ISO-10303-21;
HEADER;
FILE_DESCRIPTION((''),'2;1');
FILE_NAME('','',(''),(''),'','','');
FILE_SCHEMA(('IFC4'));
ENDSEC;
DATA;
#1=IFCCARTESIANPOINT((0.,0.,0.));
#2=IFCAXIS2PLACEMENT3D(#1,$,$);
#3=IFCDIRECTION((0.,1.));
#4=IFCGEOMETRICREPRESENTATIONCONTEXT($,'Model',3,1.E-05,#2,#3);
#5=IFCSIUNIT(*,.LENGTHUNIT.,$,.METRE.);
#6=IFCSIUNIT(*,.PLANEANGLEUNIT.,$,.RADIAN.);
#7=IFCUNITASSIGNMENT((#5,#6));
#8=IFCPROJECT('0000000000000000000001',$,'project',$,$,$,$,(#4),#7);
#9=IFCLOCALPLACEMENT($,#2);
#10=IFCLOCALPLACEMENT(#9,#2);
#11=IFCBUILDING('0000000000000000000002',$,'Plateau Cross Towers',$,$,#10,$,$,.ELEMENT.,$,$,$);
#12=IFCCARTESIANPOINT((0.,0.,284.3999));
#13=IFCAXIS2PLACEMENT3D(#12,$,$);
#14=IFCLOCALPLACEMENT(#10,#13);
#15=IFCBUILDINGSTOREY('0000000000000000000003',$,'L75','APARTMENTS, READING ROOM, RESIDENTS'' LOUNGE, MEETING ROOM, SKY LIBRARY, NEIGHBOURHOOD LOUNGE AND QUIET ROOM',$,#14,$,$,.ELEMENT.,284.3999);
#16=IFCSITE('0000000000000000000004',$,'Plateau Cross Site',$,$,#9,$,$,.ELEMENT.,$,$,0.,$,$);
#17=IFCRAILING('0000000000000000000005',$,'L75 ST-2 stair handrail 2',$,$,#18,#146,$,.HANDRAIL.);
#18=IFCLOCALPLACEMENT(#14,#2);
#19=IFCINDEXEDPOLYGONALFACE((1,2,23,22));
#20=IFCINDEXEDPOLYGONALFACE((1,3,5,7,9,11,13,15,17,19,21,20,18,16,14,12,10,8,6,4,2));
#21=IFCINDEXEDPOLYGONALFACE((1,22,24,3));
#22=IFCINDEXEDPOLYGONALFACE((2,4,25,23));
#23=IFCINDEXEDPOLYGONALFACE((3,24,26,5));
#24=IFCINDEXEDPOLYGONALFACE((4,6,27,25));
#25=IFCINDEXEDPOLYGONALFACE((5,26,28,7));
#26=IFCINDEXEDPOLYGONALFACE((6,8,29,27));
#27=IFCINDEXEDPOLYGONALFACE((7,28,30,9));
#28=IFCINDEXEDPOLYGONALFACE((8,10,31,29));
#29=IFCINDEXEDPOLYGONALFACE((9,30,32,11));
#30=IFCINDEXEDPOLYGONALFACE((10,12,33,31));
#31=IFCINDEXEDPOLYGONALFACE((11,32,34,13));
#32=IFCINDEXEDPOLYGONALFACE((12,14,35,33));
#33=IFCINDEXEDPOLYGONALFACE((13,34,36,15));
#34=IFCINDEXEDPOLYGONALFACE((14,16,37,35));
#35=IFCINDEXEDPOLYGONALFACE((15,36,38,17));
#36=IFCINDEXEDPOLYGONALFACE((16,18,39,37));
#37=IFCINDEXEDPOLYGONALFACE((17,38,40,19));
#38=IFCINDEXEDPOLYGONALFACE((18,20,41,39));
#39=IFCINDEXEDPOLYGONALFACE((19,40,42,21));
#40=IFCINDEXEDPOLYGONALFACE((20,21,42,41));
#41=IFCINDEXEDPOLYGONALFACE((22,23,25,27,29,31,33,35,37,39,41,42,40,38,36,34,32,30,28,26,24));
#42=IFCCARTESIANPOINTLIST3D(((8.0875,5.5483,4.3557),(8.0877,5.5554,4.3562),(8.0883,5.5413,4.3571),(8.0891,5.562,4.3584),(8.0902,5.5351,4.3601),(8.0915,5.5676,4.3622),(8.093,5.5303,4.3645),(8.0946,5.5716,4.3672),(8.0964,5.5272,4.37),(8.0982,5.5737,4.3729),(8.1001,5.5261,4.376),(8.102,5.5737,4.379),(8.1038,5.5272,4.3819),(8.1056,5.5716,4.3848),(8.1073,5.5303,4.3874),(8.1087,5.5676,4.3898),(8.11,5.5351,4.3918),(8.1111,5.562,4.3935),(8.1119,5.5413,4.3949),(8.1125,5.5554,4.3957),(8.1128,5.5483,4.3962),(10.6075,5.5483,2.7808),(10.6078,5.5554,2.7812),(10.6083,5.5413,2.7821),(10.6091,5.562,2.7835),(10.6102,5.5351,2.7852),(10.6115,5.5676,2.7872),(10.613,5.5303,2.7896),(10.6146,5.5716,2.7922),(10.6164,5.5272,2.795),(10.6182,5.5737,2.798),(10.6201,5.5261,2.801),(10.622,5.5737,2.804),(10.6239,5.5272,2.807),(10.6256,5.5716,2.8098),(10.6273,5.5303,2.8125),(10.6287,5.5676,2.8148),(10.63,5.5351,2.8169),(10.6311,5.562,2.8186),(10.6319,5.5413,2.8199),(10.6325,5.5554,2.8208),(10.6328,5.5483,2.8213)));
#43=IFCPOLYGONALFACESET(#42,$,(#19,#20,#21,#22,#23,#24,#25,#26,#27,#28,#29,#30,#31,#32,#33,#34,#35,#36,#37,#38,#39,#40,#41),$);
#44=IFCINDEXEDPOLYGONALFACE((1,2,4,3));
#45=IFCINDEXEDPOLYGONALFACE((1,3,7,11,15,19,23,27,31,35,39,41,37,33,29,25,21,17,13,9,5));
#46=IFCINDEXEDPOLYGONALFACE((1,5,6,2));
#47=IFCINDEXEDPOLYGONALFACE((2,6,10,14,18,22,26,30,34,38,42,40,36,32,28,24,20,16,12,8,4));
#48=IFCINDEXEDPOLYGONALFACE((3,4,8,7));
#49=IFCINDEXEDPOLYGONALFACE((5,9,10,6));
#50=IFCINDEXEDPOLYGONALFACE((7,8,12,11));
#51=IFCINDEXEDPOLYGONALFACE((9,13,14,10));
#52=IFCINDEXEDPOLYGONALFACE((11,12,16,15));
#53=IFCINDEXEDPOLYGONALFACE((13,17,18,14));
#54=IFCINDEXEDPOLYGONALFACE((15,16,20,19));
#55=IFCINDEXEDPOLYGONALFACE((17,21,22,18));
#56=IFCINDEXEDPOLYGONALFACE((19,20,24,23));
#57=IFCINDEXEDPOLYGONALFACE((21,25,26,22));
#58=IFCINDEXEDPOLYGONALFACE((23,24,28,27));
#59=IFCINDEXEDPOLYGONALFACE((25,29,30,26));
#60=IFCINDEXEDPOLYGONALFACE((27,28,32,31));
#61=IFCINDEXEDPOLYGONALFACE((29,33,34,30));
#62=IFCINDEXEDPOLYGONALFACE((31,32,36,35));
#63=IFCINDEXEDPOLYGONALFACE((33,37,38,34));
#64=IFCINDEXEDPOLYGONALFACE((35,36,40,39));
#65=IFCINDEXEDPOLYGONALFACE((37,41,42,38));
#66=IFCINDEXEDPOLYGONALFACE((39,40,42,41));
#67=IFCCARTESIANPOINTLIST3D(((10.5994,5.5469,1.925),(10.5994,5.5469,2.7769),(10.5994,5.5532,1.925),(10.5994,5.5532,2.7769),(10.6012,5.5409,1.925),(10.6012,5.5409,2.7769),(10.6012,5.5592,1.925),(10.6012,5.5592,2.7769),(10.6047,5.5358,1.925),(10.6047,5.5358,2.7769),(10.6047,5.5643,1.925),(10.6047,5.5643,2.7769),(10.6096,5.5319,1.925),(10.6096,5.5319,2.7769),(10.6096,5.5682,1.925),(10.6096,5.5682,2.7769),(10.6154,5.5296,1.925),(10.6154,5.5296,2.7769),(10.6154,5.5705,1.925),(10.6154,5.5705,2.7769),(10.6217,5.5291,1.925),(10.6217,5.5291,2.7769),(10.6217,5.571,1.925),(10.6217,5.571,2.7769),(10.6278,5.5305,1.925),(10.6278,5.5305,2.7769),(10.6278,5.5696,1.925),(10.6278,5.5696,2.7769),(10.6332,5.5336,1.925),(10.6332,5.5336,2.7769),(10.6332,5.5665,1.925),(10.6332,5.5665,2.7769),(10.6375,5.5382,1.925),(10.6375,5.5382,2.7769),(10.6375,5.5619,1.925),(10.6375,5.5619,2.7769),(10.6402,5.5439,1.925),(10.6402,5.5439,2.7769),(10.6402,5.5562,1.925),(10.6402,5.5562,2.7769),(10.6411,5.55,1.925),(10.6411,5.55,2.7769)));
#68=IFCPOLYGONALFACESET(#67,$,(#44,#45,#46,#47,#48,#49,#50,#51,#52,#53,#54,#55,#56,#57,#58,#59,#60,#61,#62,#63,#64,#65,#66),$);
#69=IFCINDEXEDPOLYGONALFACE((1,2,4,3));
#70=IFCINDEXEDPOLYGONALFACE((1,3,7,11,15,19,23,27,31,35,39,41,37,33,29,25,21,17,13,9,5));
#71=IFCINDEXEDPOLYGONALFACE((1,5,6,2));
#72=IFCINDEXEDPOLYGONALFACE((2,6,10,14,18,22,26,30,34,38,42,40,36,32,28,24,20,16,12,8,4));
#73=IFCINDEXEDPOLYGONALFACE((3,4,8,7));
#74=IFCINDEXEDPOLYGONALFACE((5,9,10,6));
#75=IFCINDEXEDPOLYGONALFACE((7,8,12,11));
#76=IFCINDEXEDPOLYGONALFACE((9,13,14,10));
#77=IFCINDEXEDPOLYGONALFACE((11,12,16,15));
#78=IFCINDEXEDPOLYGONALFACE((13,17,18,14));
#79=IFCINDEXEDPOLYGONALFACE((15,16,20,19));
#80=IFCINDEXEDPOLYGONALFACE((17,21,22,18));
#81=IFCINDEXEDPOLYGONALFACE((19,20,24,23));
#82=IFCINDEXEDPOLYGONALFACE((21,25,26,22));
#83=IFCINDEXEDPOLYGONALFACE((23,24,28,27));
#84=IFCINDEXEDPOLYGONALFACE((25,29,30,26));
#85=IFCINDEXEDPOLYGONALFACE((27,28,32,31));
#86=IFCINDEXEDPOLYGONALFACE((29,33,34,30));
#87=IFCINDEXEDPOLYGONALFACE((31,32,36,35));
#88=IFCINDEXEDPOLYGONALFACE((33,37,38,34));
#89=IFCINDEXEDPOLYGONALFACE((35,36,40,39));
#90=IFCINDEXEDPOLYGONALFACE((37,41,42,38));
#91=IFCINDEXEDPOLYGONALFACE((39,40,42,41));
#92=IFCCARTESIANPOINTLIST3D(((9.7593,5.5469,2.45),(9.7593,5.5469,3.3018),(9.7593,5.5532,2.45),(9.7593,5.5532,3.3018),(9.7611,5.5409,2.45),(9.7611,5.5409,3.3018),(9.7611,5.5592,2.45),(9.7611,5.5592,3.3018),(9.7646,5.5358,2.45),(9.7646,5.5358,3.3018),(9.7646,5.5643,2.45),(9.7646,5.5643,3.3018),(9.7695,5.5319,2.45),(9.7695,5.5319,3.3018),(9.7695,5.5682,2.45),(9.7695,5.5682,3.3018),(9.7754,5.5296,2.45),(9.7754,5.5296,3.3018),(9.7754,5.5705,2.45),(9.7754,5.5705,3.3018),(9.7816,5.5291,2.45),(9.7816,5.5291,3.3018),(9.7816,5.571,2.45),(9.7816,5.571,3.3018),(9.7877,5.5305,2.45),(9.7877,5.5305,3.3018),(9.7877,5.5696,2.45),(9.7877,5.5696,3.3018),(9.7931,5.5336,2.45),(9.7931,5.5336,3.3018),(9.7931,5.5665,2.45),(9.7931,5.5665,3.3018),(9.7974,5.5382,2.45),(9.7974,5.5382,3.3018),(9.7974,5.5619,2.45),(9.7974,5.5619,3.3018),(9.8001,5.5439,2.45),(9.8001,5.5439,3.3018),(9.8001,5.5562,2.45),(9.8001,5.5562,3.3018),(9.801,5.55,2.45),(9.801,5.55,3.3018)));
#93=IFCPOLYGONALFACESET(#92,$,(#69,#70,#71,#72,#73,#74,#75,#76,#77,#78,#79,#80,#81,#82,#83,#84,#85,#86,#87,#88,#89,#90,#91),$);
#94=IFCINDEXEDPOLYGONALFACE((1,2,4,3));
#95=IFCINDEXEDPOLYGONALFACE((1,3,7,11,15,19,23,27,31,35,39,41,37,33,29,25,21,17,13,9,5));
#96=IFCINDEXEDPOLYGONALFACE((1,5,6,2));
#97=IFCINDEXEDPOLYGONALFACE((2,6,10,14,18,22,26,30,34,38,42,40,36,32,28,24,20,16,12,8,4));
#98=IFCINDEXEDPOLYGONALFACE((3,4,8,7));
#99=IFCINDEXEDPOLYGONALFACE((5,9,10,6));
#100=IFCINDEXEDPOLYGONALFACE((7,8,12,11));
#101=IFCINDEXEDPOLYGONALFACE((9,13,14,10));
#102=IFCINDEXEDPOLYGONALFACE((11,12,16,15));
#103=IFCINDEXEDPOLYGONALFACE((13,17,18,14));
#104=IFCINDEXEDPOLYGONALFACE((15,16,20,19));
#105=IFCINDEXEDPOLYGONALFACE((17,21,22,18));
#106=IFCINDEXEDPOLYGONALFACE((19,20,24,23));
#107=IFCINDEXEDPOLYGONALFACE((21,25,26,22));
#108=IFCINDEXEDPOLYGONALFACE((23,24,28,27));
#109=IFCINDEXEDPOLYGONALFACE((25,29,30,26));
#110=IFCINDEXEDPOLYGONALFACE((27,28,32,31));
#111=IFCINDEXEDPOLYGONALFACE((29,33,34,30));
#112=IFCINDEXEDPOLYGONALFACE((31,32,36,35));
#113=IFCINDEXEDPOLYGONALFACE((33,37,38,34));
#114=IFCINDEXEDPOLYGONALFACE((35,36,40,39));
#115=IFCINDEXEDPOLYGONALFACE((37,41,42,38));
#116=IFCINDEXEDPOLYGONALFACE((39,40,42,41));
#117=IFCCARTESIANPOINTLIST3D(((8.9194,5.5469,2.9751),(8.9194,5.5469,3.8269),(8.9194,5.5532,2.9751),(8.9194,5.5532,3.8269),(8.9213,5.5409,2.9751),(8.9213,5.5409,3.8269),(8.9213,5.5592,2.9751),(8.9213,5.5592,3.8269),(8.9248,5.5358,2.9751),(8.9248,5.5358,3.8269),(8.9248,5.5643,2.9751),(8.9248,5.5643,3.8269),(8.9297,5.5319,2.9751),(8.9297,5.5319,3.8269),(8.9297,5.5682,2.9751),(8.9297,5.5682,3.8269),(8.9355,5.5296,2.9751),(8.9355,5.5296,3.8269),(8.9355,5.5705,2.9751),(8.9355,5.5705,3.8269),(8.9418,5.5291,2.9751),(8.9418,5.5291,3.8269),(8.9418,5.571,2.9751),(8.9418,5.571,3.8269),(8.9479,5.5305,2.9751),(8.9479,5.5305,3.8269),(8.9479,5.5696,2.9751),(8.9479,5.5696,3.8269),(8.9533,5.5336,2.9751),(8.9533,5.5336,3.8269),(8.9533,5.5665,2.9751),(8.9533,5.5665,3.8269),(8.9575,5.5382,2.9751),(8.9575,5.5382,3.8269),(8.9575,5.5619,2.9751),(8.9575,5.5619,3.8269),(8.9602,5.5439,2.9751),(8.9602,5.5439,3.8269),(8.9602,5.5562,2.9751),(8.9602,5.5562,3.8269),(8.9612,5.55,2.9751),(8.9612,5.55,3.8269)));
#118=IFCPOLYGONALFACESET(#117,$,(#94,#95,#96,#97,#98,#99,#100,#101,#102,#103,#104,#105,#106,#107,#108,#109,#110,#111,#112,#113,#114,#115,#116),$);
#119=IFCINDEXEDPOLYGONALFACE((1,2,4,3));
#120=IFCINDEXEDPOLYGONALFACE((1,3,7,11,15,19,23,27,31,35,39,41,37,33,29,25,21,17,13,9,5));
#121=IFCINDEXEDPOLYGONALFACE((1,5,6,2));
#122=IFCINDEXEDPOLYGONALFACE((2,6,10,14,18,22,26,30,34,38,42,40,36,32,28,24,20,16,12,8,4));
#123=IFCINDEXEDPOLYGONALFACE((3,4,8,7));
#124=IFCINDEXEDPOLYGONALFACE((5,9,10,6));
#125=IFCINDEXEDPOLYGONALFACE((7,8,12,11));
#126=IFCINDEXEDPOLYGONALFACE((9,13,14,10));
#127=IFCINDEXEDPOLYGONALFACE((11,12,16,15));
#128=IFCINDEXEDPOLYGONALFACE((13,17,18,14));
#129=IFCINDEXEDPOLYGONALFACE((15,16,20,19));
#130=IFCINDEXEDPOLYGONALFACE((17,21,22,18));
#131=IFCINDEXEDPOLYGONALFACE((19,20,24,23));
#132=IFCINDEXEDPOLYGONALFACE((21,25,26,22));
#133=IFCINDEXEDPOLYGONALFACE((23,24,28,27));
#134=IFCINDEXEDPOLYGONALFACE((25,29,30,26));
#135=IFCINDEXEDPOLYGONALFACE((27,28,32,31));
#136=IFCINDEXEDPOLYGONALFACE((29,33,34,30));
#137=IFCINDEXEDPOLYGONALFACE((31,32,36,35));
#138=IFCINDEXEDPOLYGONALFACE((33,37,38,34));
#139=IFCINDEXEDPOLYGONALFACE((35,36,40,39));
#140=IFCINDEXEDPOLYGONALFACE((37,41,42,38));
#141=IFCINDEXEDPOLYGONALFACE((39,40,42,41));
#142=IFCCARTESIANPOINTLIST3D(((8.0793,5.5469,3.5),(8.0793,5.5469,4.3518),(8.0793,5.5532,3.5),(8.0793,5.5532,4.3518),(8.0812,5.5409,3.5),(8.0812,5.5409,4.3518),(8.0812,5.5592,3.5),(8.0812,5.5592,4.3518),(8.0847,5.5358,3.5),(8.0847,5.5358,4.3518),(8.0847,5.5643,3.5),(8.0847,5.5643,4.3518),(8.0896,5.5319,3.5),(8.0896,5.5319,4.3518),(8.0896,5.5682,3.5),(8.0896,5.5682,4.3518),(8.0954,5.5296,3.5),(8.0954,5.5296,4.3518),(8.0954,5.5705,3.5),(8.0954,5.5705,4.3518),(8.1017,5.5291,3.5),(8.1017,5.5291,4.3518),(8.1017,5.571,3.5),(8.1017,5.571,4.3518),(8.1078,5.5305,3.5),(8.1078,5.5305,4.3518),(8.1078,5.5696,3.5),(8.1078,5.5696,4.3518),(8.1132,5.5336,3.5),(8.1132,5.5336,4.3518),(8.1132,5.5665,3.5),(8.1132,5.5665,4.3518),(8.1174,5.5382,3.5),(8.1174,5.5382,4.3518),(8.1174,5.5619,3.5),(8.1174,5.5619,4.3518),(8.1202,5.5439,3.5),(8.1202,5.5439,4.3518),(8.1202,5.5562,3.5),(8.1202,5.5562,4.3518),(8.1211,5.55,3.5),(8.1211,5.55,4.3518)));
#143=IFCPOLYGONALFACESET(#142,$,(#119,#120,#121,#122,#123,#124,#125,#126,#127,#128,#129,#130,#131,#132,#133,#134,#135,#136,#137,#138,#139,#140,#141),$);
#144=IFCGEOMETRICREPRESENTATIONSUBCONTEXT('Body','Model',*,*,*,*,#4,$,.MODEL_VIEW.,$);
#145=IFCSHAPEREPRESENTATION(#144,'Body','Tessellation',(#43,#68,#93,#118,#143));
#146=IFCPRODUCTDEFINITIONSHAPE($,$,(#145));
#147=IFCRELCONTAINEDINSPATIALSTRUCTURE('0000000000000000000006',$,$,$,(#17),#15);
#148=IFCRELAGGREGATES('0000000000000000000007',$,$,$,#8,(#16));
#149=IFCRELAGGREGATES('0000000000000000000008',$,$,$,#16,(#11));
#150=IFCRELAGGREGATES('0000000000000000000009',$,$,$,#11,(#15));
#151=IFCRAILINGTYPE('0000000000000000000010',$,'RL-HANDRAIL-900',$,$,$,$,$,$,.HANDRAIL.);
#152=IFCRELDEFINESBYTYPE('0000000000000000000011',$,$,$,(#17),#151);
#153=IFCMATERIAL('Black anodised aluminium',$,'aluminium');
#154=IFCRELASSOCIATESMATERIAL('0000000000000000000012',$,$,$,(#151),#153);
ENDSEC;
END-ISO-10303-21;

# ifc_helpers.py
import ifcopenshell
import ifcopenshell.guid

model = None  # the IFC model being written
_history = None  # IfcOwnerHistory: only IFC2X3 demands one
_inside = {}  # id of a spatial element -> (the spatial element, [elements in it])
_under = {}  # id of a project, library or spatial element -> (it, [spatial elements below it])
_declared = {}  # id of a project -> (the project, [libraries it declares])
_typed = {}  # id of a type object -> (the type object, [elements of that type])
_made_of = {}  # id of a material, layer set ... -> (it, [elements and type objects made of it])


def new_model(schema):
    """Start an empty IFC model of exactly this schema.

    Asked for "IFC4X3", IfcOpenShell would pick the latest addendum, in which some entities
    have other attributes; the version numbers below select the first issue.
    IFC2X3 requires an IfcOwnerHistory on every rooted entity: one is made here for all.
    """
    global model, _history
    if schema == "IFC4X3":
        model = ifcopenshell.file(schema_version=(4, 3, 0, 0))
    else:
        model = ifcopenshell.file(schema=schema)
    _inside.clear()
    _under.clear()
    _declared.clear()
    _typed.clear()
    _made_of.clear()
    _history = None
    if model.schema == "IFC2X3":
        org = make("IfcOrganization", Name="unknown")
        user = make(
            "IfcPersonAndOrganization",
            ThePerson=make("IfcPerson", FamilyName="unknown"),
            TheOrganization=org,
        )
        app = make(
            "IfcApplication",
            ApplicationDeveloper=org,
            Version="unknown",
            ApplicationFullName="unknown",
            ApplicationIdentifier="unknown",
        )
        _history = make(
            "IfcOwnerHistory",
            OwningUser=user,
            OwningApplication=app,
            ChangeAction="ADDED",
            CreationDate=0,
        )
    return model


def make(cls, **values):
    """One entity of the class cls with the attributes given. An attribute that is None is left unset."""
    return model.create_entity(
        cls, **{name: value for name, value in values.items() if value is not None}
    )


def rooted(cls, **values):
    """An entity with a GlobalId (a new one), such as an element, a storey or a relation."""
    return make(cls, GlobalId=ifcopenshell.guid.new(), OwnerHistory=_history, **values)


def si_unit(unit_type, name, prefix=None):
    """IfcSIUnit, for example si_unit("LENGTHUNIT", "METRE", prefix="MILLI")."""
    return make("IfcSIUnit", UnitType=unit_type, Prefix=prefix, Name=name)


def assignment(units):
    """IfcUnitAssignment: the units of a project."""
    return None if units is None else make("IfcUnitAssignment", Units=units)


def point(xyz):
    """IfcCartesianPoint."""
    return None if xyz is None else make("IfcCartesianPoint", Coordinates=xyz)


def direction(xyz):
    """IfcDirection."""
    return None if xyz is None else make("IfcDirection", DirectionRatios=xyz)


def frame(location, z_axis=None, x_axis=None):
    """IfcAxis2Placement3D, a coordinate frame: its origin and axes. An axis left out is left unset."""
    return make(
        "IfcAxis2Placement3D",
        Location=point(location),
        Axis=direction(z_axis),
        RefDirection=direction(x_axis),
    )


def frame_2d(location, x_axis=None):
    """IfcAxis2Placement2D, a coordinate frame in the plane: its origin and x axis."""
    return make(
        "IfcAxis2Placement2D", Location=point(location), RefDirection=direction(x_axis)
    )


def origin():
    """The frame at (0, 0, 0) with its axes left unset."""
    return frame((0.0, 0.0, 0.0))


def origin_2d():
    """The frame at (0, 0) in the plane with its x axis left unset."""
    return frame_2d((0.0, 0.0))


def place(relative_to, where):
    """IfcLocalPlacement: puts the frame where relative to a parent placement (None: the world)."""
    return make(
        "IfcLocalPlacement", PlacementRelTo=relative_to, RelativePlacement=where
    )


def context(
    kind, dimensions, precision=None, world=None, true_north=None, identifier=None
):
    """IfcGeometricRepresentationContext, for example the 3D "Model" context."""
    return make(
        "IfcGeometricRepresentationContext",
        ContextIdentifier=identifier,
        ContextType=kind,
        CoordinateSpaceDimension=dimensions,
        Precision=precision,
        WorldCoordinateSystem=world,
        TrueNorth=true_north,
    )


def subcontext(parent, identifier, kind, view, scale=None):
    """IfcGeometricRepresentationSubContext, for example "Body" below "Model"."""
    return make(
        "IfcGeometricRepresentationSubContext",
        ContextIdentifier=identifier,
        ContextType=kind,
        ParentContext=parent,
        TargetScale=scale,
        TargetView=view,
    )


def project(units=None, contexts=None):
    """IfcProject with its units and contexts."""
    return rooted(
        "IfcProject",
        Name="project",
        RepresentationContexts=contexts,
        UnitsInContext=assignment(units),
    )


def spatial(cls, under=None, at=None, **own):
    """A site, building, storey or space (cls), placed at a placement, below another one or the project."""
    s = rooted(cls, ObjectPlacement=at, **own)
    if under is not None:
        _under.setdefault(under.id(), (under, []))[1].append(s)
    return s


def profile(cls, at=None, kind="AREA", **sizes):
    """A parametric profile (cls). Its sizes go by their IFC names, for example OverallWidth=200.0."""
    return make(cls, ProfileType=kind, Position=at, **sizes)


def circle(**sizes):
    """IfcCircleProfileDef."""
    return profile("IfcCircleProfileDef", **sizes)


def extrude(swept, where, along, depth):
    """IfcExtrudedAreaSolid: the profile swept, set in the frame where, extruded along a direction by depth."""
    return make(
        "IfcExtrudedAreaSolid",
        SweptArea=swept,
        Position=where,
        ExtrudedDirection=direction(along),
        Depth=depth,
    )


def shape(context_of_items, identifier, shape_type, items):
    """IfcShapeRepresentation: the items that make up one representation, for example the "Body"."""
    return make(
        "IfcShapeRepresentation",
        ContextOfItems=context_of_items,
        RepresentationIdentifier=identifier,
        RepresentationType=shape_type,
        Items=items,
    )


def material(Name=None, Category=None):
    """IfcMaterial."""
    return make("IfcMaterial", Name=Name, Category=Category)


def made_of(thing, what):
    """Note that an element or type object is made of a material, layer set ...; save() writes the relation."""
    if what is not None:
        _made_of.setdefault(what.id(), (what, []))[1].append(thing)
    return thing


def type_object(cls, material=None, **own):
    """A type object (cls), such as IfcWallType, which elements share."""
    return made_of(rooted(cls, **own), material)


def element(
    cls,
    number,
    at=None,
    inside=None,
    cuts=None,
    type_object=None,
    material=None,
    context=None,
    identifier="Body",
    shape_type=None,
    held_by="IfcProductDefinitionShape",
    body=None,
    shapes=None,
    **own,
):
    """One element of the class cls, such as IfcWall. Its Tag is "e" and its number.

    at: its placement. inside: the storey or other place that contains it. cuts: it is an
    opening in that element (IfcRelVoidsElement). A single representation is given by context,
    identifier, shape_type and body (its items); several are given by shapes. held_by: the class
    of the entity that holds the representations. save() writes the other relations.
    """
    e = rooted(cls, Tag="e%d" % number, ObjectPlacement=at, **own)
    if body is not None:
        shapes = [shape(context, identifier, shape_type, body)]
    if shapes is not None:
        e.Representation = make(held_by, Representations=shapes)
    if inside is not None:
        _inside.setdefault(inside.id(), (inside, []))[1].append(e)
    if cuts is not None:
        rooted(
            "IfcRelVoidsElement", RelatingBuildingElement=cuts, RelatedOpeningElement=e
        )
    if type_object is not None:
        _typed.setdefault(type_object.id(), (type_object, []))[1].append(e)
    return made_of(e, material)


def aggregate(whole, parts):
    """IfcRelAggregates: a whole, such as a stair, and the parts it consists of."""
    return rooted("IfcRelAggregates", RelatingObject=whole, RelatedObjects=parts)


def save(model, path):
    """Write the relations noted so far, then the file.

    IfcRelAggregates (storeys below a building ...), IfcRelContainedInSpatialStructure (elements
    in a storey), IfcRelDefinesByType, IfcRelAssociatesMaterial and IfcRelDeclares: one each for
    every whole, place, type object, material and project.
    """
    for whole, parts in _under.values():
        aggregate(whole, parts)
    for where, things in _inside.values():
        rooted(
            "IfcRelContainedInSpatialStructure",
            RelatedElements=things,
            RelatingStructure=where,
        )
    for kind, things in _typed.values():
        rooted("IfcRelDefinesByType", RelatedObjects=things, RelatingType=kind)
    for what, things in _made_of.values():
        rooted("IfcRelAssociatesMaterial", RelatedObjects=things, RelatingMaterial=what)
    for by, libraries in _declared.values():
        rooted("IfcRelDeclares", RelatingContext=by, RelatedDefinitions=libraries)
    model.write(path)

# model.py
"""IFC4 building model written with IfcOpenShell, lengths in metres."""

from ifc_helpers import new_model, si_unit, direction, frame, origin, origin_2d, place, context, subcontext, project, spatial, circle, extrude, material, type_object, element, save


model = new_model("IFC4")

# Units and contexts
model_context = context("Model", 3, precision=1e-05, world=origin(), true_north=direction((0.0, 1.0)))
body_context = subcontext(model_context, "Body", "Model", "MODEL_VIEW")
ifc_project = project(units=[si_unit("LENGTHUNIT", "METRE"), si_unit("PLANEANGLEUNIT", "RADIAN")], contexts=[model_context])

# Site, building, storey
site_placement = place(None, origin())
site = spatial("IfcSite", under=ifc_project, at=site_placement, Name="Plateau Cross Site", CompositionType="ELEMENT", RefElevation=0.0)
building_placement = place(site_placement, origin())
building = spatial("IfcBuilding", under=site, at=building_placement, Name="Plateau Cross Towers", CompositionType="ELEMENT")
storey_placement = place(building_placement, frame((0.0, 0.0, 284.3999)))
storey = spatial("IfcBuildingStorey", under=building, at=storey_placement, Name="L75", Description="APARTMENTS, READING ROOM, RESIDENTS' LOUNGE, MEETING ROOM, SKY LIBRARY, NEIGHBOURHOOD LOUNGE AND QUIET ROOM", CompositionType="ELEMENT", Elevation=284.3999)

# Shared definitions
ifc_material_1 = material(Name="Black anodised aluminium", Category="aluminium")

# Railing
railing_type_1 = type_object("IfcRailingType", Name="RL-HANDRAIL-900", PredefinedType="HANDRAIL", material=ifc_material_1)
railing_1_placement = place(storey_placement, frame((10.6201, 5.55, 1.925)))
element("IfcRailing", 1, at=railing_1_placement, inside=storey, type_object=railing_type_1, Name="L75 ST-2 stair handrail 2", PredefinedType="HANDRAIL", context=body_context, shape_type="SweptSolid", body=[
    extrude(circle(Radius=0.0239, at=origin_2d()), frame((0.0, 0.0, 0.876), z_axis=(-0.848008, 0.0, 0.529984), x_axis=(0.0, -1.0, 0.0)), (0.0, 0.0, 1.0), 2.9717),
    extrude(circle(Radius=0.021, at=origin_2d()), origin(), (0.0, 0.0, 1.0), 0.8518),
    extrude(circle(Radius=0.021, at=origin_2d()), frame((-0.8401, 0.0, 0.5249)), (0.0, 0.0, 1.0), 0.8518),
    extrude(circle(Radius=0.021, at=origin_2d()), frame((-1.6799, 0.0, 1.05)), (0.0, 0.0, 1.0), 0.8518),
    extrude(circle(Radius=0.021, at=origin_2d()), frame((-2.52, 0.0, 1.575)), (0.0, 0.0, 1.0), 0.8518),
])

save(model, "model.ifc")
